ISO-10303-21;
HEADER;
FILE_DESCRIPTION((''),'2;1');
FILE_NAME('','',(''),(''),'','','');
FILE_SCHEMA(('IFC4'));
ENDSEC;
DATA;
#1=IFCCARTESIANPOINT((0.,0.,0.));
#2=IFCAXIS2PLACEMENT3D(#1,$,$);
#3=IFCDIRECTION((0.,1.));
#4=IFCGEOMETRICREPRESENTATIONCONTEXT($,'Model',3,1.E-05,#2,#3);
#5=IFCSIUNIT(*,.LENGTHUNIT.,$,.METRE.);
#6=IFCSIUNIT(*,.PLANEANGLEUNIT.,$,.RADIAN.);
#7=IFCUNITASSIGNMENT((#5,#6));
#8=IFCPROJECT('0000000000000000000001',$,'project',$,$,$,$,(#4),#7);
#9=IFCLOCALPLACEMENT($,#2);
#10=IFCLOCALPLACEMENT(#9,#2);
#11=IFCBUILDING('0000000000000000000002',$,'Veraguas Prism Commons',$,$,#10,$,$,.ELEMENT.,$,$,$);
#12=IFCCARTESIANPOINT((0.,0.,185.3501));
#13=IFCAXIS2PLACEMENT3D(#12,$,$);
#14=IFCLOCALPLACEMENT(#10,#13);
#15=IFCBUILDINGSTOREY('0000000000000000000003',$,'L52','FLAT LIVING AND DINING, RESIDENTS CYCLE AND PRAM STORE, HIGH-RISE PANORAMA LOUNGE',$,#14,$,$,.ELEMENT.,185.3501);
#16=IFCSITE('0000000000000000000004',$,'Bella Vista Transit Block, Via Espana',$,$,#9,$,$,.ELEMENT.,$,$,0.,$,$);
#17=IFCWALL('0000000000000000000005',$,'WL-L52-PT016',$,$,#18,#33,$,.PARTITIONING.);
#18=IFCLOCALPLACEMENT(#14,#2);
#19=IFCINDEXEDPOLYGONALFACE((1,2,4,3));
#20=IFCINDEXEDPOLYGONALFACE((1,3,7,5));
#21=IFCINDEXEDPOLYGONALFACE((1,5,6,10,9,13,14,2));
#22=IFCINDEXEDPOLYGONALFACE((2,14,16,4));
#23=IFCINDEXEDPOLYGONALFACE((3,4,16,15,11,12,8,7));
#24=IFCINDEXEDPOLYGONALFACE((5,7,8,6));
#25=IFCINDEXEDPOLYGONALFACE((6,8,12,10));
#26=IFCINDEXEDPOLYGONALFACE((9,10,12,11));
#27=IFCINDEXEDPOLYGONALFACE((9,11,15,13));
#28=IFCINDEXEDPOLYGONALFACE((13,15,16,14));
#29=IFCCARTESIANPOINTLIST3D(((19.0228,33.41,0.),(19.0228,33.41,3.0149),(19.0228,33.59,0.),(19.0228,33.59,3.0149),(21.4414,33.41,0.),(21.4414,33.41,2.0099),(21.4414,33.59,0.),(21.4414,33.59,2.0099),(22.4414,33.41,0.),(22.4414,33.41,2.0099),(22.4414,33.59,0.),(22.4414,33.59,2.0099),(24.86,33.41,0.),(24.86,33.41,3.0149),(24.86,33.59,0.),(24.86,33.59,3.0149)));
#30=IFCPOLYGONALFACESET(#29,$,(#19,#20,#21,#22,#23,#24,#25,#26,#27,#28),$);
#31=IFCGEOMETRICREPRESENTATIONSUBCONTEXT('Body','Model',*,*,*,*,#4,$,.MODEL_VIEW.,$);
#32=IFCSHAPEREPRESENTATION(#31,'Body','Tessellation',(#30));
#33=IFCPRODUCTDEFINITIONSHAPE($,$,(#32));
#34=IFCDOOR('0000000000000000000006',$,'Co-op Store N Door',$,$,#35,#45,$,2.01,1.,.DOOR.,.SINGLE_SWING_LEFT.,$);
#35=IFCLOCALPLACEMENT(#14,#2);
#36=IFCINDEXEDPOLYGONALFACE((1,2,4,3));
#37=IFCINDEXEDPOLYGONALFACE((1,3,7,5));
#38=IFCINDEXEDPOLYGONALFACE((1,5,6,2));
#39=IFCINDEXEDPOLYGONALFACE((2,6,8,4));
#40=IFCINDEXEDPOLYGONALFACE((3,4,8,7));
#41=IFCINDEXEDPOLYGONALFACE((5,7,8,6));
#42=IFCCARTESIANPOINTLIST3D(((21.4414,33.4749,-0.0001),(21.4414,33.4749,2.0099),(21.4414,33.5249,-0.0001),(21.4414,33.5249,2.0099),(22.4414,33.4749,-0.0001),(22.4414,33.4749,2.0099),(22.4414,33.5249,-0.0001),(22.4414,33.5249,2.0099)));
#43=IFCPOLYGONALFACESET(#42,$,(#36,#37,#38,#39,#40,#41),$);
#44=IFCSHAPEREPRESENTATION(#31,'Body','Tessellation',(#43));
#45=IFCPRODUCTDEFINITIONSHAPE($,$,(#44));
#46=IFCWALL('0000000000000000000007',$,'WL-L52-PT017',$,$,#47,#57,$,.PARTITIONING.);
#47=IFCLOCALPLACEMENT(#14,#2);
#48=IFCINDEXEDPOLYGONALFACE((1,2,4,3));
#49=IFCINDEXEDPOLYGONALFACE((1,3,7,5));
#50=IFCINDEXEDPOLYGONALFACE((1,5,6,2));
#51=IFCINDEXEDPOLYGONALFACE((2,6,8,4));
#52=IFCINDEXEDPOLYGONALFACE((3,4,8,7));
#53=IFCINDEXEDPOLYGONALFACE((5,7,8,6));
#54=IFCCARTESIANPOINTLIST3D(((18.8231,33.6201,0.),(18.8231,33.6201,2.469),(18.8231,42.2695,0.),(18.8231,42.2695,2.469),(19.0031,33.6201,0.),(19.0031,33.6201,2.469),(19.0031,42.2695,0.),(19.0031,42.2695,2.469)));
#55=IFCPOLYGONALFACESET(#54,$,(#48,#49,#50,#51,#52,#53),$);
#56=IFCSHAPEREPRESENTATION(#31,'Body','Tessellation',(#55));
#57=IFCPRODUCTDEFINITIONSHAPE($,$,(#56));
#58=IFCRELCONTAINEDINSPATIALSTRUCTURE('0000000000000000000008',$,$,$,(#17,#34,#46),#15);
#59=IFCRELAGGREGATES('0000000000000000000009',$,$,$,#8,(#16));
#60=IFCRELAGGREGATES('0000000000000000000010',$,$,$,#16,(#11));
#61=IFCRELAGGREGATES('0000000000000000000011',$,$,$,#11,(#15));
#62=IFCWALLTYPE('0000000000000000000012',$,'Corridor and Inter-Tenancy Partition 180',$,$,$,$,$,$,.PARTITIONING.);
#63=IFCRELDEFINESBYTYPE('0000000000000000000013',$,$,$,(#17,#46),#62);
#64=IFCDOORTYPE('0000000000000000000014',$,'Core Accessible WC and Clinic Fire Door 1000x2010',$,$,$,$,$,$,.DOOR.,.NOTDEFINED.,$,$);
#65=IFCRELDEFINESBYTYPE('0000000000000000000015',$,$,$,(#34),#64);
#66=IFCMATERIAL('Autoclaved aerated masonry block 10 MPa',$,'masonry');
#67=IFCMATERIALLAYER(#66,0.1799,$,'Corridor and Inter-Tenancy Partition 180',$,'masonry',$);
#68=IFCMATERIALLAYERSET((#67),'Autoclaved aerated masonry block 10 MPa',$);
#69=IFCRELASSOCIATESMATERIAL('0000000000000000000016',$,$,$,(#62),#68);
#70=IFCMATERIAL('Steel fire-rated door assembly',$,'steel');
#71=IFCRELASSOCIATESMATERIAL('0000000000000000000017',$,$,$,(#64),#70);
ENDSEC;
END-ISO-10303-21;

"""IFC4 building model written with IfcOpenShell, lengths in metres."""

from ifc_helpers import new_model, si_unit, direction, frame, frame_2d, origin, place, context, subcontext, project, spatial, rectangle, extrude, source, transform, mapped, material, layer, layer_set, type_object, element, fill, save


model = new_model("IFC4")

# Units and contexts
model_context = context("Model", 3, precision=1e-05, world=origin(), true_north=direction((0.0, 1.0)))
body_context = subcontext(model_context, "Body", "Model", "MODEL_VIEW")
ifc_project = project(units=[si_unit("LENGTHUNIT", "METRE"), si_unit("PLANEANGLEUNIT", "RADIAN")], contexts=[model_context])

# Site, building, storey
site_placement = place(None, origin())
site = spatial("IfcSite", under=ifc_project, at=site_placement, Name="Bella Vista Transit Block, Via Espana", CompositionType="ELEMENT", RefElevation=0.0)
building_placement = place(site_placement, origin())
building = spatial("IfcBuilding", under=site, at=building_placement, Name="Veraguas Prism Commons", CompositionType="ELEMENT")
storey_placement = place(building_placement, frame((0.0, 0.0, 185.3501)))
storey = spatial("IfcBuildingStorey", under=building, at=storey_placement, Name="L52", Description="FLAT LIVING AND DINING, RESIDENTS CYCLE AND PRAM STORE, HIGH-RISE PANORAMA LOUNGE", CompositionType="ELEMENT", Elevation=185.3501)

# Wall, opening, door
ifc_material_1 = material(Name="Steel fire-rated door assembly", Category="steel")
ifc_material_2 = material(Name="Autoclaved aerated masonry block 10 MPa", Category="masonry")
ifc_layer_1 = layer(ifc_material_2, 0.1799, Name="Corridor and Inter-Tenancy Partition 180", Category="masonry")
ifc_layer_set_1 = layer_set([ifc_layer_1], Name="Autoclaved aerated masonry block 10 MPa")
wall_type_1 = type_object("IfcWallType", Name="Corridor and Inter-Tenancy Partition 180", PredefinedType="PARTITIONING", material=ifc_layer_set_1)
wall_1_placement = place(storey_placement, frame((19.0229, 33.5, 0.0), z_axis=(0.0, 0.0, 1.0), x_axis=(1.0, 0.0, 0.0)))
wall_1 = element("IfcWall", 1, at=wall_1_placement, inside=storey, type_object=wall_type_1, Name="WL-L52-PT016", PredefinedType="PARTITIONING", context=body_context, shape_type="SweptSolid", body=[
    extrude(rectangle(XDim=5.8372, YDim=0.1799, at=frame_2d((2.9185, 0.0))), origin(), (0.0, 0.0, 1.0), 3.0149),
])
opening_1_placement = place(wall_1_placement, frame((2.4185, 0.0, 0.0)))
opening_1 = element("IfcOpeningElement", 2, at=opening_1_placement, cuts=wall_1, PredefinedType="OPENING", context=body_context, shape_type="SweptSolid", body=[
    extrude(rectangle(XDim=1.0, YDim=2.01, at=frame_2d((0.5, 1.0049))), frame((0.0, 0.0999, 0.0), z_axis=(0.0, -1.0, 0.0), x_axis=(1.0, 0.0, 0.0)), (0.0, 0.0, 1.0), 0.2),
])
door_type_1 = type_object("IfcDoorType", Name="Core Accessible WC and Clinic Fire Door 1000x2010", OperationType="NOTDEFINED", PredefinedType="DOOR", material=ifc_material_1)
shared_shape_1 = source(origin(), body_context, "Body", "SweptSolid", [
    extrude(rectangle(XDim=1.0, YDim=2.01, at=frame_2d((0.5, 1.0049))), frame((0.0, 0.0249, 0.0), z_axis=(0.0, -1.0, 0.0), x_axis=(1.0, 0.0, 0.0)), (0.0, 0.0, 1.0), 0.05),
])
door_1_placement = place(opening_1_placement, origin())
door_1 = element("IfcDoor", 3, at=door_1_placement, inside=storey, type_object=door_type_1, Name="Co-op Store N Door", OperationType="SINGLE_SWING_LEFT", OverallHeight=2.01, OverallWidth=1.0, PredefinedType="DOOR", context=body_context, shape_type="MappedRepresentation", body=[
    mapped(shared_shape_1, transform((0.0, 0.0, 0.0), scale=1.0)),
])
fill(opening_1, door_1)

# Wall
wall_2_placement = place(storey_placement, frame((18.9131, 33.6201, 0.0), z_axis=(0.0, 0.0, 1.0), x_axis=(0.0, 1.0, 0.0)))
element("IfcWall", 4, at=wall_2_placement, inside=storey, type_object=wall_type_1, Name="WL-L52-PT017", PredefinedType="PARTITIONING", context=body_context, shape_type="SweptSolid", body=[
    extrude(rectangle(XDim=8.6494, YDim=0.1799, at=frame_2d((4.3247, 0.0))), origin(), (0.0, 0.0, 1.0), 2.469),
])

save(model, "model.ifc")
